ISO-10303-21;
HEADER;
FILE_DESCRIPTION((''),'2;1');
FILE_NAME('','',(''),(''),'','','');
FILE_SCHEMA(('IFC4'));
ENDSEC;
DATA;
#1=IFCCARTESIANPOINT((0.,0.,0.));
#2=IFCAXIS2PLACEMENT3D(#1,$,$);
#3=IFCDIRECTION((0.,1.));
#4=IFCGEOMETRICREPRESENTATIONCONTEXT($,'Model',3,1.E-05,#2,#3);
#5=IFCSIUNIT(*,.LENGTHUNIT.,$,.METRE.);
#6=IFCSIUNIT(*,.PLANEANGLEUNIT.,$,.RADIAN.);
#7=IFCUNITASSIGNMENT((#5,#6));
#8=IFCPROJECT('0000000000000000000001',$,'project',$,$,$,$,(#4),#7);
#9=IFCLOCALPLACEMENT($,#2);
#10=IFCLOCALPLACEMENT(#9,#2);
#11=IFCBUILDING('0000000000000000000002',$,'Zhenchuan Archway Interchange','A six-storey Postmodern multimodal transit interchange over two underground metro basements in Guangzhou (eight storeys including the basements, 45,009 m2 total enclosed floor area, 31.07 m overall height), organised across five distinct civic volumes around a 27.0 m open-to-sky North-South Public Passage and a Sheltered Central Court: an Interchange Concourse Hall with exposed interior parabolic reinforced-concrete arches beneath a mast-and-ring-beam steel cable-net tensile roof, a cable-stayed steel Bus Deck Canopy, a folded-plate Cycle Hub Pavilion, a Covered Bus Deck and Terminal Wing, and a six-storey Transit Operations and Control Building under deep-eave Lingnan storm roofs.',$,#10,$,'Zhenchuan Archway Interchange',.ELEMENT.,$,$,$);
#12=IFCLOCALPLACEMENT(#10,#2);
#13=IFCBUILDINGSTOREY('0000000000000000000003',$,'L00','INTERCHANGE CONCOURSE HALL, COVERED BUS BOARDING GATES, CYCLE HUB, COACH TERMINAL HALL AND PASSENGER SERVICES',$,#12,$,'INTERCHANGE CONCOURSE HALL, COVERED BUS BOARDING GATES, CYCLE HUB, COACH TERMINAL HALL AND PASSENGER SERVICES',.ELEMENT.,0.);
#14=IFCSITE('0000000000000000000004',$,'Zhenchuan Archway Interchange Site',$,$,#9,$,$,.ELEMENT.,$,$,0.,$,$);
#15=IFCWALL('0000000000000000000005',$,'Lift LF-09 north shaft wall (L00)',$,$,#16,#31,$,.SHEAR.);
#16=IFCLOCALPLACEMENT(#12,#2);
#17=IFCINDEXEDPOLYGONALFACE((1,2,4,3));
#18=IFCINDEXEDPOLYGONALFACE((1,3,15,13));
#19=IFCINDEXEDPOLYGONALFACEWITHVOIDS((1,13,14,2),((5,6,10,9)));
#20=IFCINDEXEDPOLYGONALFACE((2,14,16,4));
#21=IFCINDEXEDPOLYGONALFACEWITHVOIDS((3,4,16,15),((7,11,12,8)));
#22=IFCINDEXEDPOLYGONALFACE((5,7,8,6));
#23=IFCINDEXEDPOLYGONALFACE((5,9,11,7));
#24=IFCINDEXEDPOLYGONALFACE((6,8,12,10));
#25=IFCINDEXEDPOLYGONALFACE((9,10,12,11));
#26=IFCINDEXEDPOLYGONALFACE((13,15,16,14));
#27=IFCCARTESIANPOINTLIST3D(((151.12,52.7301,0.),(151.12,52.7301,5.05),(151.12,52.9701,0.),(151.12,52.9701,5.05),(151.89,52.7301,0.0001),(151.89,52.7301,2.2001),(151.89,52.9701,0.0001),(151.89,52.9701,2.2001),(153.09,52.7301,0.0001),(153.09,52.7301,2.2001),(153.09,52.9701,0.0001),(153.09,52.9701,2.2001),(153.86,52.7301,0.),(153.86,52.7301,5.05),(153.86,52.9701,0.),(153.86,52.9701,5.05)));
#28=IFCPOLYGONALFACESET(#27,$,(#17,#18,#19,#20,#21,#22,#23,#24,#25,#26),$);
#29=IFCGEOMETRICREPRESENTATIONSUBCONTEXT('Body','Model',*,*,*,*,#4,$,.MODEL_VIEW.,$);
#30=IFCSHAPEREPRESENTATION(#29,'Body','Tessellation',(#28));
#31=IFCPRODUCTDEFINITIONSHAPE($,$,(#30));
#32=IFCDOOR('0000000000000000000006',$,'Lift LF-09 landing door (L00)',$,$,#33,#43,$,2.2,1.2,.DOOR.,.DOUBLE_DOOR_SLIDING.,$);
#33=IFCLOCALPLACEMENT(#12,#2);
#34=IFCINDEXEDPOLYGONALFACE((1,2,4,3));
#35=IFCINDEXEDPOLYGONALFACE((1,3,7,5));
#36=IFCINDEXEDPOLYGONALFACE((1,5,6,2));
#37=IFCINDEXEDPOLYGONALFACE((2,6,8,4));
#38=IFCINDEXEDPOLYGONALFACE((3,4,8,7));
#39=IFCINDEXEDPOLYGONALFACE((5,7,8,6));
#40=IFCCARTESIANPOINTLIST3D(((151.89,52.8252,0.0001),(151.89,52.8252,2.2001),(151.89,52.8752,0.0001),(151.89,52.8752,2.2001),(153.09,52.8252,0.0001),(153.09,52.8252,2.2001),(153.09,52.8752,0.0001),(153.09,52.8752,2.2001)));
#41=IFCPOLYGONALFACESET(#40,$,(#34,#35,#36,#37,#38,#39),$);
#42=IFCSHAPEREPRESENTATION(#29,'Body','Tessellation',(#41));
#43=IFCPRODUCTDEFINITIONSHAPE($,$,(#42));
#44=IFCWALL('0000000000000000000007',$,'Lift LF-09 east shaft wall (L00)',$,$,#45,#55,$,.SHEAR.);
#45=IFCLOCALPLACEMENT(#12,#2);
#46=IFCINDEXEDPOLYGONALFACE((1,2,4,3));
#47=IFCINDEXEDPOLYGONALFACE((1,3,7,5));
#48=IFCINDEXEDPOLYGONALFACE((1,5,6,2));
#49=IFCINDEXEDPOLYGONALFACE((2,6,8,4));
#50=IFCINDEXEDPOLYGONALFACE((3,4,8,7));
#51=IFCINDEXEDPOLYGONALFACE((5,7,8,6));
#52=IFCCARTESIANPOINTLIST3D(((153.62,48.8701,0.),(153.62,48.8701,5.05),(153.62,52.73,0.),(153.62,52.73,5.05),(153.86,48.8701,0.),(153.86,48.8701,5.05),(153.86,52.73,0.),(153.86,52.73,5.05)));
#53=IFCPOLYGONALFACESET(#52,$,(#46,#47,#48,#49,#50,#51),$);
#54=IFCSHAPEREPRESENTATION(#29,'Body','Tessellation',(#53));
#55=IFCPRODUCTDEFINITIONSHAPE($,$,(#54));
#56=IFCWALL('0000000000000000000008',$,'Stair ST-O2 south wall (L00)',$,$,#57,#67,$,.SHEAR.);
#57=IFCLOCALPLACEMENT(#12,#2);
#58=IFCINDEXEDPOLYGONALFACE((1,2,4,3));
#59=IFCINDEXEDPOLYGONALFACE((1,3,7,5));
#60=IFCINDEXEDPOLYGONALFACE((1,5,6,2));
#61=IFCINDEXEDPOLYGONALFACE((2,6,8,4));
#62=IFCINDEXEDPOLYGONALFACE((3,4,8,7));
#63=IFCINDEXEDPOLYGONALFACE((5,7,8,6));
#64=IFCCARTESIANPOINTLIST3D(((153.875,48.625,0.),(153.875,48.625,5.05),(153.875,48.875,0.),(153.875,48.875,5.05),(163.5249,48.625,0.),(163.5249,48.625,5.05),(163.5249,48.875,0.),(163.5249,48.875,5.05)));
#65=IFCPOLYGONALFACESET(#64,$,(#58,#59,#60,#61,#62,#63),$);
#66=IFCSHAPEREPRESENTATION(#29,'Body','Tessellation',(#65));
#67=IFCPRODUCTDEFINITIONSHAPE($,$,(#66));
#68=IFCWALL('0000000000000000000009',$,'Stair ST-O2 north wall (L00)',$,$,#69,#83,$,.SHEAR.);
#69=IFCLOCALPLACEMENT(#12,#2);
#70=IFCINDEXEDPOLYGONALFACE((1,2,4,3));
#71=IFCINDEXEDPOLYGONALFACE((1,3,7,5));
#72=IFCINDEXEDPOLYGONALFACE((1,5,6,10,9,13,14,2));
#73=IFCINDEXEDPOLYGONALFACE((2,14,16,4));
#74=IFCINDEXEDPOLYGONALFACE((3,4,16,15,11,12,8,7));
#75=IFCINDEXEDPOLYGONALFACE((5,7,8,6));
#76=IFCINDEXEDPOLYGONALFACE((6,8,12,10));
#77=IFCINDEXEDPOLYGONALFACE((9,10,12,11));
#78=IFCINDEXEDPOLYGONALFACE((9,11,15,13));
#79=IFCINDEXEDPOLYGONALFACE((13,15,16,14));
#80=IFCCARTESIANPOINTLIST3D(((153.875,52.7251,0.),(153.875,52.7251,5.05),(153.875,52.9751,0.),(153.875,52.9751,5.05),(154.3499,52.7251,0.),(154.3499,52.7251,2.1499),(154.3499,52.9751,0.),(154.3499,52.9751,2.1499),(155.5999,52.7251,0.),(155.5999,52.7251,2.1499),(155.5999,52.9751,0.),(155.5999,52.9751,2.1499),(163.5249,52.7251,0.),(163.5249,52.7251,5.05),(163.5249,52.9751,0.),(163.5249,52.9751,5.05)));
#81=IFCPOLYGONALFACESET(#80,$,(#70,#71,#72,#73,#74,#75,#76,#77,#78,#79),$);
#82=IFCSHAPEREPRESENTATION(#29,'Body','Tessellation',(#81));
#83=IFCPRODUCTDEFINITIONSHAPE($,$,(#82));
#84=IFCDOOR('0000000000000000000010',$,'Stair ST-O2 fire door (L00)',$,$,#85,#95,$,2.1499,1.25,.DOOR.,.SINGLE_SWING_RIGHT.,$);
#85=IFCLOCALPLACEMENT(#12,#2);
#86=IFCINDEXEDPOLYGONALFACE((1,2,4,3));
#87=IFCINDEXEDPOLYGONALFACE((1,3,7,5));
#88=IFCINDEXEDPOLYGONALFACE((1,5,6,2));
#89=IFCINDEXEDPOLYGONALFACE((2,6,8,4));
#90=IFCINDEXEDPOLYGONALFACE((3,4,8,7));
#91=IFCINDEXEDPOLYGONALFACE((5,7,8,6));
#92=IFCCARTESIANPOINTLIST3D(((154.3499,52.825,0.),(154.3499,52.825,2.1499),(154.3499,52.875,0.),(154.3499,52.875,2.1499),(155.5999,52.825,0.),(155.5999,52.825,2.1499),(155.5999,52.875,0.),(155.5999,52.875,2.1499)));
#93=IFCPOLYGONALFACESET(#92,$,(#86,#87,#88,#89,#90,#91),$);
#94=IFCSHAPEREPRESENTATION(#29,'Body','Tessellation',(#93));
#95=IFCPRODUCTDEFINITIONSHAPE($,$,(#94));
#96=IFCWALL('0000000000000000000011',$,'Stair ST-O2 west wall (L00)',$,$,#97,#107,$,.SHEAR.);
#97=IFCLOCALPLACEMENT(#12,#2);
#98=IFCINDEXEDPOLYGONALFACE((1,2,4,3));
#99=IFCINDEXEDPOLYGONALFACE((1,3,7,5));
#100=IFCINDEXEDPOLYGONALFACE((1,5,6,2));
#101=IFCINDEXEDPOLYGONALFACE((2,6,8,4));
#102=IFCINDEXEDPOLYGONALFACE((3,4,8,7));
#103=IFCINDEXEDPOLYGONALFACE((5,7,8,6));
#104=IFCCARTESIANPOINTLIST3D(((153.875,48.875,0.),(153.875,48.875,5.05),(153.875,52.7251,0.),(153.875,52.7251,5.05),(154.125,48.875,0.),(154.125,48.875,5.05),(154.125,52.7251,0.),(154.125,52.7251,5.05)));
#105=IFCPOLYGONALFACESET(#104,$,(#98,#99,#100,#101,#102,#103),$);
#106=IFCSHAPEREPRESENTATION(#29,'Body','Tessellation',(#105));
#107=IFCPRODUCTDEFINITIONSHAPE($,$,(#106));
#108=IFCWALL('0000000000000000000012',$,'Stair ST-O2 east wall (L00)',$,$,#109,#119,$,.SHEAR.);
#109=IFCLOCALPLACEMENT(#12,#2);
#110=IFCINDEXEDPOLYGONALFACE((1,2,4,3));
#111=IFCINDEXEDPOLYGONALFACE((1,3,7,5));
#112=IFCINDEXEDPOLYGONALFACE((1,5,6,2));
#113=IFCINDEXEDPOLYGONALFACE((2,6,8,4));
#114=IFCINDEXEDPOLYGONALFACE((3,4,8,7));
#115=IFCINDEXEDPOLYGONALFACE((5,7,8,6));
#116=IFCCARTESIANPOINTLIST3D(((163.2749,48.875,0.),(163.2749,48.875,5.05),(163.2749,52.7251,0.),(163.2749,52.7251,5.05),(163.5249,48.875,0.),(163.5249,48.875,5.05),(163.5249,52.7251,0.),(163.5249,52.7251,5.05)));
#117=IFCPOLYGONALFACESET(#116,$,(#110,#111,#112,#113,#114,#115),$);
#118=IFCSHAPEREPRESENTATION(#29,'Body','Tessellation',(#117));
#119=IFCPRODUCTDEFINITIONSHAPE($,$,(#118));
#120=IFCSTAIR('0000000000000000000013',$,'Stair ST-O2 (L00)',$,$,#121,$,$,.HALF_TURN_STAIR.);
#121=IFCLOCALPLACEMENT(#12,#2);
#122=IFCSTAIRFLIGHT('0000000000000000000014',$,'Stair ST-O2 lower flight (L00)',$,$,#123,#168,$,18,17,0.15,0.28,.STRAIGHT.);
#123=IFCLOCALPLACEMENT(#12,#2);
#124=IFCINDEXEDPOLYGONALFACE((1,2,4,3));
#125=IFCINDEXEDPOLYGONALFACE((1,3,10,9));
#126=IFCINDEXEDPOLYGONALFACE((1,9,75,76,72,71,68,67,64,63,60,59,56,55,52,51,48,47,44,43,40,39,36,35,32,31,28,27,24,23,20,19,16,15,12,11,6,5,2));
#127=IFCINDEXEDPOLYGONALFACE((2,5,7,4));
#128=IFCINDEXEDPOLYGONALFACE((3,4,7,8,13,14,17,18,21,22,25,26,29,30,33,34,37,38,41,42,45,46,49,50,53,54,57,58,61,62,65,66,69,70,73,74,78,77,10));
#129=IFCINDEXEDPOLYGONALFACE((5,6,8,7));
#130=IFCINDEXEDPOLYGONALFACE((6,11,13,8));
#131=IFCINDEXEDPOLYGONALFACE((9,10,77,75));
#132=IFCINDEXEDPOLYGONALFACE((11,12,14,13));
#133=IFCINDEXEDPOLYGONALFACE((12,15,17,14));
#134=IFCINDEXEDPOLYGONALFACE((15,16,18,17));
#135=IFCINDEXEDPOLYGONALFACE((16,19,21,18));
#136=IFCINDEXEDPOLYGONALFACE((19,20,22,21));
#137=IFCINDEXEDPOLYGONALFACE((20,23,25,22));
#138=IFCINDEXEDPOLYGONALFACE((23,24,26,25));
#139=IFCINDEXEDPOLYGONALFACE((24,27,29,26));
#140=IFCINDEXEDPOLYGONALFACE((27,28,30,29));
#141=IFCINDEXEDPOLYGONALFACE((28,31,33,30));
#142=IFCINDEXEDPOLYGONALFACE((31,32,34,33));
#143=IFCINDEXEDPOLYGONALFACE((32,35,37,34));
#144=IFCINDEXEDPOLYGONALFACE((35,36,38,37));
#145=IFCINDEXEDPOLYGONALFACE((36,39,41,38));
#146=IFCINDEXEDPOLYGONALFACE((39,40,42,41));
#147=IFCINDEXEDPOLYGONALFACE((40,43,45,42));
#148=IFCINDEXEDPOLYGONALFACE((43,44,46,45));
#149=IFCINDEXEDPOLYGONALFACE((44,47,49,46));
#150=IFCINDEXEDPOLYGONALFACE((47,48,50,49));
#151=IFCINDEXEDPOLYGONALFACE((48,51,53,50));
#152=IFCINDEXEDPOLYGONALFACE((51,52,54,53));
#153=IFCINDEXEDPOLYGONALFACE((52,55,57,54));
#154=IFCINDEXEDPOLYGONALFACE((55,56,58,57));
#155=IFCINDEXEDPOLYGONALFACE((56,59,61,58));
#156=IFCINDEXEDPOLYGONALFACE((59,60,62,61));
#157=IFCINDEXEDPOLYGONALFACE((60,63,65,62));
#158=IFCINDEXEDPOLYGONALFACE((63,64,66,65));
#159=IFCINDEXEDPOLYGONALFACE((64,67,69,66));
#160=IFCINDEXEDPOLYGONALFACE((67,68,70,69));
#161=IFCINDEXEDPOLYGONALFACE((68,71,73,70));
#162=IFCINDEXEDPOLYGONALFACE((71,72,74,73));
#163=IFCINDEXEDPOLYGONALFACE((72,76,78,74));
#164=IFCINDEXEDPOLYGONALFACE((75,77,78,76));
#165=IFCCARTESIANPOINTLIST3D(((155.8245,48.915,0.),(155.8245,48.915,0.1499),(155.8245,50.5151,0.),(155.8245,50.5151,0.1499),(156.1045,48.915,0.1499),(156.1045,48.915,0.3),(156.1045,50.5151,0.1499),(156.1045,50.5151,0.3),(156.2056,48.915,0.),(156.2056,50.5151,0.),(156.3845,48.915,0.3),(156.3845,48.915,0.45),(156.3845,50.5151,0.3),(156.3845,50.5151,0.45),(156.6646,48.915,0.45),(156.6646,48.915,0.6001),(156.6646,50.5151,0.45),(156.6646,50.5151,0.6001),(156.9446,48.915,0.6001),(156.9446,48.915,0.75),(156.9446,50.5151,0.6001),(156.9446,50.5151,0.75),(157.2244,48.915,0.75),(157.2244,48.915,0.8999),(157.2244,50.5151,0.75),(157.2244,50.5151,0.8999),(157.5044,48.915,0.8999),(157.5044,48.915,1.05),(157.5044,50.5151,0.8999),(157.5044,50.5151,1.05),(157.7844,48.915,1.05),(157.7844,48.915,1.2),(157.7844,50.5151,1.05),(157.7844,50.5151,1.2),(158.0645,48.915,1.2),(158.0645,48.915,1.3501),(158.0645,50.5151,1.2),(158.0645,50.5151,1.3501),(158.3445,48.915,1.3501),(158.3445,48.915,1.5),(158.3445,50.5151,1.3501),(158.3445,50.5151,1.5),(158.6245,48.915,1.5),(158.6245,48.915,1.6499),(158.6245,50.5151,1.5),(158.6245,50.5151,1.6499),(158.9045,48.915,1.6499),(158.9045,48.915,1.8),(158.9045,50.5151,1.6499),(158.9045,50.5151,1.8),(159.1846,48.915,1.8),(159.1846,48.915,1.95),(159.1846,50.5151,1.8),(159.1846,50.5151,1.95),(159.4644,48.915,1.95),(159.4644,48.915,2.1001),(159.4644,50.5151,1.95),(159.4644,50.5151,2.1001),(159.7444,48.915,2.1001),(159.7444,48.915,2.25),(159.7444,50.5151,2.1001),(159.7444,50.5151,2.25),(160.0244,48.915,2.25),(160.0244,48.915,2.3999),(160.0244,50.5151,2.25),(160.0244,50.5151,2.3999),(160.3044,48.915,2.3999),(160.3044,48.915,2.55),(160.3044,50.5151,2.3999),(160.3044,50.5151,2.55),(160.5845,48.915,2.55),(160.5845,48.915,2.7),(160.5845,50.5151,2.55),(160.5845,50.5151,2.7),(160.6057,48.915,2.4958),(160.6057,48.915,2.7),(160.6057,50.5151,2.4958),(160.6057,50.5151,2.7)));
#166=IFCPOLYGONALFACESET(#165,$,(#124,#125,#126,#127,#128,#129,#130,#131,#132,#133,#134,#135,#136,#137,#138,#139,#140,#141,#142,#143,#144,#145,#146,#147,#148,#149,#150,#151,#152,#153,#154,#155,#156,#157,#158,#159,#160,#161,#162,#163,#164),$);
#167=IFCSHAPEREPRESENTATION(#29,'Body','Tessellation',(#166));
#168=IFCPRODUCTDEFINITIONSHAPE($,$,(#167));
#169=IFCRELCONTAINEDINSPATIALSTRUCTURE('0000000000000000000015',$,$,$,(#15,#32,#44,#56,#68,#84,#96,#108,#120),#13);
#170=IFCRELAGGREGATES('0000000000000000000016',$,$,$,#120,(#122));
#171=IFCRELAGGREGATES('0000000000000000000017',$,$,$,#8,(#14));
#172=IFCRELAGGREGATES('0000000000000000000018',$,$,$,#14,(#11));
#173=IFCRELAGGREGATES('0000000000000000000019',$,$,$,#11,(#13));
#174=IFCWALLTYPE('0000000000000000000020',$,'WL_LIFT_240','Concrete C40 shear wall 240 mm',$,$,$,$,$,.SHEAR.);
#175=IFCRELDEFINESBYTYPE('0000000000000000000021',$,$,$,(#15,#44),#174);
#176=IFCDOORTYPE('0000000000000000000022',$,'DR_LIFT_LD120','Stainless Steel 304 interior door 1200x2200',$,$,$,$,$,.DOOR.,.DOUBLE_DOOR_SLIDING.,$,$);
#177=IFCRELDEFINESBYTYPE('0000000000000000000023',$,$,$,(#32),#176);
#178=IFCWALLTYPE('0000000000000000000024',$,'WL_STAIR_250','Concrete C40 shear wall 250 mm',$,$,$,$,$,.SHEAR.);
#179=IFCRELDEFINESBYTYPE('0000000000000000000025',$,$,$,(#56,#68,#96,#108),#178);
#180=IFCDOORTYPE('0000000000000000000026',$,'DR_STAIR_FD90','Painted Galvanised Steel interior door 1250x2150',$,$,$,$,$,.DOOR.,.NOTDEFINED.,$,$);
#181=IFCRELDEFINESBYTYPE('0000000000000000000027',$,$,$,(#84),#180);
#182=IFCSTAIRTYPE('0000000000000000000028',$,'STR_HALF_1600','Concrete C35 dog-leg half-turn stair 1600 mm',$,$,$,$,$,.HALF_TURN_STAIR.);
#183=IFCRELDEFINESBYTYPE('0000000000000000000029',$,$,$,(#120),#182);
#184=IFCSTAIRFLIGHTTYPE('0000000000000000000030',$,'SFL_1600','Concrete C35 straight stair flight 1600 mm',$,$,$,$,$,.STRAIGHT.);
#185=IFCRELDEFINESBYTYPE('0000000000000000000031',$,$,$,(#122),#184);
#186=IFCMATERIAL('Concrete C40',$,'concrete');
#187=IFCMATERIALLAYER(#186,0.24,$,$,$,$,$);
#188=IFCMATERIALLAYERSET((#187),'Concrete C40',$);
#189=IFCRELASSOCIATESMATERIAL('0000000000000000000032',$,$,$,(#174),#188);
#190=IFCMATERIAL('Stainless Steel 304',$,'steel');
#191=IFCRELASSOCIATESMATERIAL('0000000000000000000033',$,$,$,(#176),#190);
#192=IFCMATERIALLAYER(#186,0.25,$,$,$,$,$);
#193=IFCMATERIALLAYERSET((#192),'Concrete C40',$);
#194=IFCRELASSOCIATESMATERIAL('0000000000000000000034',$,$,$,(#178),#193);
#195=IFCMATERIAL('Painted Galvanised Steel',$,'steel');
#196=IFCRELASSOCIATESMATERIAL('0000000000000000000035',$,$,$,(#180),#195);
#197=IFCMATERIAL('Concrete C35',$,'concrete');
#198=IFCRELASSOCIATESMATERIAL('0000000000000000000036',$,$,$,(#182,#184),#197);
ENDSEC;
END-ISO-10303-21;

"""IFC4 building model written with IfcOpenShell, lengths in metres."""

from ifc_helpers import new_model, si_unit, direction, frame, frame_2d, origin, place, context, subcontext, project, spatial, polyline, rectangle, outline, extrude, material, layer, layer_set, type_object, element, fill, aggregate, save


model = new_model("IFC4")

# Units and contexts
model_context = context("Model", 3, precision=1e-05, world=origin(), true_north=direction((0.0, 1.0)))
body_context = subcontext(model_context, "Body", "Model", "MODEL_VIEW")
ifc_project = project(units=[si_unit("LENGTHUNIT", "METRE"), si_unit("PLANEANGLEUNIT", "RADIAN")], contexts=[model_context])

# Site, building, storey
site_placement = place(None, origin())
site = spatial("IfcSite", under=ifc_project, at=site_placement, Name="Zhenchuan Archway Interchange Site", CompositionType="ELEMENT", RefElevation=0.0)
building_placement = place(site_placement, origin())
building = spatial("IfcBuilding", under=site, at=building_placement, Name="Zhenchuan Archway Interchange", Description="A six-storey Postmodern multimodal transit interchange over two underground metro basements in Guangzhou (eight storeys including the basements, 45,009 m2 total enclosed floor area, 31.07 m overall height), organised across five distinct civic volumes around a 27.0 m open-to-sky North-South Public Passage and a Sheltered Central Court: an Interchange Concourse Hall with exposed interior parabolic reinforced-concrete arches beneath a mast-and-ring-beam steel cable-net tensile roof, a cable-stayed steel Bus Deck Canopy, a folded-plate Cycle Hub Pavilion, a Covered Bus Deck and Terminal Wing, and a six-storey Transit Operations and Control Building under deep-eave Lingnan storm roofs.", LongName="Zhenchuan Archway Interchange", CompositionType="ELEMENT")
storey_placement = place(building_placement, origin())
storey = spatial("IfcBuildingStorey", under=building, at=storey_placement, Name="L00", Description="INTERCHANGE CONCOURSE HALL, COVERED BUS BOARDING GATES, CYCLE HUB, COACH TERMINAL HALL AND PASSENGER SERVICES", LongName="INTERCHANGE CONCOURSE HALL, COVERED BUS BOARDING GATES, CYCLE HUB, COACH TERMINAL HALL AND PASSENGER SERVICES", CompositionType="ELEMENT", Elevation=0.0)

# Shared definitions
ifc_material_1 = material(Name="Concrete C40", Category="concrete")

# Wall, opening, door
ifc_layer_1 = layer(ifc_material_1, 0.24)
ifc_layer_set_1 = layer_set([ifc_layer_1], Name="Concrete C40")
wall_type_1 = type_object("IfcWallType", Name="WL_LIFT_240", Description="Concrete C40 shear wall 240 mm", PredefinedType="SHEAR", material=ifc_layer_set_1)
wall_1_placement = place(storey_placement, frame((153.8601, 52.8501, 0.0), z_axis=(0.0, 0.0, 1.0), x_axis=(-1.0, 0.0, 0.0)))
wall_1 = element("IfcWall", 1, at=wall_1_placement, inside=storey, type_object=wall_type_1, Name="Lift LF-09 north shaft wall (L00)", PredefinedType="SHEAR", context=body_context, shape_type="SweptSolid", body=[
    extrude(rectangle(XDim=2.74, YDim=0.24, at=frame_2d((1.3701, 0.0))), origin(), (0.0, 0.0, 1.0), 5.05),
])
opening_1_placement = place(wall_1_placement, frame((0.77, 0.0, 0.0)))
opening_1 = element("IfcOpeningElement", 2, at=opening_1_placement, cuts=wall_1, PredefinedType="OPENING", context=body_context, shape_type="SweptSolid", body=[
    extrude(rectangle(XDim=1.2, YDim=2.2, at=frame_2d((0.6001, 1.1001))), frame((0.0, 0.1318, 0.0), z_axis=(0.0, -1.0, 0.0), x_axis=(1.0, 0.0, 0.0)), (0.0, 0.0, 1.0), 0.2639),
])
ifc_material_2 = material(Name="Stainless Steel 304", Category="steel")
door_type_1 = type_object("IfcDoorType", Name="DR_LIFT_LD120", Description="Stainless Steel 304 interior door 1200x2200", OperationType="DOUBLE_DOOR_SLIDING", PredefinedType="DOOR", material=ifc_material_2)
door_1_placement = place(opening_1_placement, origin())
door_1 = element("IfcDoor", 3, at=door_1_placement, inside=storey, type_object=door_type_1, Name="Lift LF-09 landing door (L00)", OperationType="DOUBLE_DOOR_SLIDING", OverallHeight=2.2, OverallWidth=1.2, PredefinedType="DOOR", context=body_context, shape_type="SweptSolid", body=[
    extrude(rectangle(XDim=1.2, YDim=2.2, at=frame_2d((0.6001, 1.1001))), frame((0.0, 0.0249, 0.0), z_axis=(0.0, -1.0, 0.0), x_axis=(1.0, 0.0, 0.0)), (0.0, 0.0, 1.0), 0.05),
])
fill(opening_1, door_1)

# Walls
wall_2_placement = place(storey_placement, frame((153.74, 48.8701, 0.0), z_axis=(0.0, 0.0, 1.0), x_axis=(0.0, 1.0, 0.0)))
element("IfcWall", 4, at=wall_2_placement, inside=storey, type_object=wall_type_1, Name="Lift LF-09 east shaft wall (L00)", PredefinedType="SHEAR", context=body_context, shape_type="SweptSolid", body=[
    extrude(rectangle(XDim=3.8599, YDim=0.24, at=frame_2d((1.9299, 0.0))), origin(), (0.0, 0.0, 1.0), 5.05),
])
ifc_layer_2 = layer(ifc_material_1, 0.25)
ifc_layer_set_2 = layer_set([ifc_layer_2], Name="Concrete C40")
wall_type_2 = type_object("IfcWallType", Name="WL_STAIR_250", Description="Concrete C40 shear wall 250 mm", PredefinedType="SHEAR", material=ifc_layer_set_2)
wall_3_placement = place(storey_placement, frame((153.875, 48.75, 0.0), z_axis=(0.0, 0.0, 1.0), x_axis=(1.0, 0.0, 0.0)))
element("IfcWall", 5, at=wall_3_placement, inside=storey, type_object=wall_type_2, Name="Stair ST-O2 south wall (L00)", PredefinedType="SHEAR", context=body_context, shape_type="SweptSolid", body=[
    extrude(rectangle(XDim=9.6499, YDim=0.25, at=frame_2d((4.825, 0.0))), origin(), (0.0, 0.0, 1.0), 5.05),
])

# Wall, opening, door
wall_4_placement = place(storey_placement, frame((163.5249, 52.8501, 0.0), z_axis=(0.0, 0.0, 1.0), x_axis=(-1.0, 0.0, 0.0)))
wall_4 = element("IfcWall", 6, at=wall_4_placement, inside=storey, type_object=wall_type_2, Name="Stair ST-O2 north wall (L00)", PredefinedType="SHEAR", context=body_context, shape_type="SweptSolid", body=[
    extrude(rectangle(XDim=9.6499, YDim=0.25, at=frame_2d((4.825, 0.0))), origin(), (0.0, 0.0, 1.0), 5.05),
])
opening_2_placement = place(wall_4_placement, frame((7.925, 0.0, 0.0)))
opening_2 = element("IfcOpeningElement", 7, at=opening_2_placement, cuts=wall_4, PredefinedType="OPENING", context=body_context, shape_type="SweptSolid", body=[
    extrude(rectangle(XDim=1.25, YDim=2.1499, at=frame_2d((0.625, 1.075))), frame((0.0, 0.137, 0.0), z_axis=(0.0, -1.0, 0.0), x_axis=(1.0, 0.0, 0.0)), (0.0, 0.0, 1.0), 0.2739),
])
ifc_material_3 = material(Name="Painted Galvanised Steel", Category="steel")
door_type_2 = type_object("IfcDoorType", Name="DR_STAIR_FD90", Description="Painted Galvanised Steel interior door 1250x2150", OperationType="NOTDEFINED", PredefinedType="DOOR", material=ifc_material_3)
door_2_placement = place(opening_2_placement, frame((1.25, 0.0, 0.0), z_axis=(0.0, 0.0, 1.0), x_axis=(-1.0, 0.0, 0.0)))
door_2 = element("IfcDoor", 8, at=door_2_placement, inside=storey, type_object=door_type_2, Name="Stair ST-O2 fire door (L00)", OperationType="SINGLE_SWING_RIGHT", OverallHeight=2.1499, OverallWidth=1.25, PredefinedType="DOOR", context=body_context, shape_type="SweptSolid", body=[
    extrude(rectangle(XDim=1.25, YDim=2.1499, at=frame_2d((0.625, 1.075))), frame((0.0, 0.0249, 0.0), z_axis=(0.0, -1.0, 0.0), x_axis=(1.0, 0.0, 0.0)), (0.0, 0.0, 1.0), 0.05),
])
fill(opening_2, door_2)

# Walls
for number, where, z_axis, x_axis, name in (
    (9, (154.0, 52.7251, 0.0), (0.0, 0.0, 1.0), (0.0, -1.0, 0.0), "Stair ST-O2 west wall (L00)"),
    (10, (163.3999, 48.875, 0.0), (0.0, 0.0, 1.0), (0.0, 1.0, 0.0), "Stair ST-O2 east wall (L00)"),
):
    element("IfcWall", number, at=place(storey_placement, frame(where, z_axis=z_axis, x_axis=x_axis)), inside=storey, type_object=wall_type_2, Name=name, PredefinedType="SHEAR", context=body_context, shape_type="SweptSolid", body=[
        extrude(rectangle(XDim=3.8501, YDim=0.25, at=frame_2d((1.925, 0.0))), origin(), (0.0, 0.0, 1.0), 5.05),
    ])

# Stair, stair flight
ifc_material_4 = material(Name="Concrete C35", Category="concrete")
stair_type = type_object("IfcStairType", Name="STR_HALF_1600", Description="Concrete C35 dog-leg half-turn stair 1600 mm", PredefinedType="HALF_TURN_STAIR", material=ifc_material_4)
stair_placement = place(storey_placement, origin())
stair = element("IfcStair", 11, at=stair_placement, inside=storey, type_object=stair_type, Name="Stair ST-O2 (L00)", PredefinedType="HALF_TURN_STAIR")
stair_flight_type = type_object("IfcStairFlightType", Name="SFL_1600", Description="Concrete C35 straight stair flight 1600 mm", PredefinedType="STRAIGHT", material=ifc_material_4)
stair_flight_1_placement = place(storey_placement, frame((155.8245, 49.7151, 0.0), z_axis=(0.0, 0.0, 1.0), x_axis=(1.0, 0.0, 0.0)))
stair_flight_1 = element("IfcStairFlight", 12, at=stair_flight_1_placement, type_object=stair_flight_type, Name="Stair ST-O2 lower flight (L00)", NumberOfRisers=18, NumberOfTreads=17, PredefinedType="STRAIGHT", RiserHeight=0.15, TreadLength=0.28, context=body_context, shape_type="SweptSolid", body=[
    extrude(outline(polyline([(0.0, 0.0), (0.0, 0.1499), (0.28, 0.1499), (0.28, 0.3), (0.5601, 0.3), (0.5601, 0.45), (0.8401, 0.45), (0.8401, 0.6001), (1.1201, 0.6001), (1.1201, 0.75), (1.3999, 0.75), (1.3999, 0.8999), (1.6799, 0.8999), (1.6799, 1.05), (1.96, 1.05), (1.96, 1.2), (2.24, 1.2), (2.24, 1.3501), (2.52, 1.3501), (2.52, 1.5), (2.8, 1.5), (2.8, 1.6499), (3.0801, 1.6499), (3.0801, 1.8), (3.3601, 1.8), (3.3601, 1.95), (3.6399, 1.95), (3.6399, 2.1001), (3.9199, 2.1001), (3.9199, 2.25), (4.2, 2.25), (4.2, 2.3999), (4.48, 2.3999), (4.48, 2.55), (4.76, 2.55), (4.76, 2.7), (4.7812, 2.7), (4.7812, 2.4958), (0.3811, 0.0), (0.0, 0.0)])), frame((0.0, 0.8, 0.0), z_axis=(0.0, -1.0, 0.0), x_axis=(1.0, 0.0, 0.0)), (0.0, 0.0, 1.0), 1.6001),
])
aggregate(stair, [stair_flight_1])

save(model, "model.ifc")
